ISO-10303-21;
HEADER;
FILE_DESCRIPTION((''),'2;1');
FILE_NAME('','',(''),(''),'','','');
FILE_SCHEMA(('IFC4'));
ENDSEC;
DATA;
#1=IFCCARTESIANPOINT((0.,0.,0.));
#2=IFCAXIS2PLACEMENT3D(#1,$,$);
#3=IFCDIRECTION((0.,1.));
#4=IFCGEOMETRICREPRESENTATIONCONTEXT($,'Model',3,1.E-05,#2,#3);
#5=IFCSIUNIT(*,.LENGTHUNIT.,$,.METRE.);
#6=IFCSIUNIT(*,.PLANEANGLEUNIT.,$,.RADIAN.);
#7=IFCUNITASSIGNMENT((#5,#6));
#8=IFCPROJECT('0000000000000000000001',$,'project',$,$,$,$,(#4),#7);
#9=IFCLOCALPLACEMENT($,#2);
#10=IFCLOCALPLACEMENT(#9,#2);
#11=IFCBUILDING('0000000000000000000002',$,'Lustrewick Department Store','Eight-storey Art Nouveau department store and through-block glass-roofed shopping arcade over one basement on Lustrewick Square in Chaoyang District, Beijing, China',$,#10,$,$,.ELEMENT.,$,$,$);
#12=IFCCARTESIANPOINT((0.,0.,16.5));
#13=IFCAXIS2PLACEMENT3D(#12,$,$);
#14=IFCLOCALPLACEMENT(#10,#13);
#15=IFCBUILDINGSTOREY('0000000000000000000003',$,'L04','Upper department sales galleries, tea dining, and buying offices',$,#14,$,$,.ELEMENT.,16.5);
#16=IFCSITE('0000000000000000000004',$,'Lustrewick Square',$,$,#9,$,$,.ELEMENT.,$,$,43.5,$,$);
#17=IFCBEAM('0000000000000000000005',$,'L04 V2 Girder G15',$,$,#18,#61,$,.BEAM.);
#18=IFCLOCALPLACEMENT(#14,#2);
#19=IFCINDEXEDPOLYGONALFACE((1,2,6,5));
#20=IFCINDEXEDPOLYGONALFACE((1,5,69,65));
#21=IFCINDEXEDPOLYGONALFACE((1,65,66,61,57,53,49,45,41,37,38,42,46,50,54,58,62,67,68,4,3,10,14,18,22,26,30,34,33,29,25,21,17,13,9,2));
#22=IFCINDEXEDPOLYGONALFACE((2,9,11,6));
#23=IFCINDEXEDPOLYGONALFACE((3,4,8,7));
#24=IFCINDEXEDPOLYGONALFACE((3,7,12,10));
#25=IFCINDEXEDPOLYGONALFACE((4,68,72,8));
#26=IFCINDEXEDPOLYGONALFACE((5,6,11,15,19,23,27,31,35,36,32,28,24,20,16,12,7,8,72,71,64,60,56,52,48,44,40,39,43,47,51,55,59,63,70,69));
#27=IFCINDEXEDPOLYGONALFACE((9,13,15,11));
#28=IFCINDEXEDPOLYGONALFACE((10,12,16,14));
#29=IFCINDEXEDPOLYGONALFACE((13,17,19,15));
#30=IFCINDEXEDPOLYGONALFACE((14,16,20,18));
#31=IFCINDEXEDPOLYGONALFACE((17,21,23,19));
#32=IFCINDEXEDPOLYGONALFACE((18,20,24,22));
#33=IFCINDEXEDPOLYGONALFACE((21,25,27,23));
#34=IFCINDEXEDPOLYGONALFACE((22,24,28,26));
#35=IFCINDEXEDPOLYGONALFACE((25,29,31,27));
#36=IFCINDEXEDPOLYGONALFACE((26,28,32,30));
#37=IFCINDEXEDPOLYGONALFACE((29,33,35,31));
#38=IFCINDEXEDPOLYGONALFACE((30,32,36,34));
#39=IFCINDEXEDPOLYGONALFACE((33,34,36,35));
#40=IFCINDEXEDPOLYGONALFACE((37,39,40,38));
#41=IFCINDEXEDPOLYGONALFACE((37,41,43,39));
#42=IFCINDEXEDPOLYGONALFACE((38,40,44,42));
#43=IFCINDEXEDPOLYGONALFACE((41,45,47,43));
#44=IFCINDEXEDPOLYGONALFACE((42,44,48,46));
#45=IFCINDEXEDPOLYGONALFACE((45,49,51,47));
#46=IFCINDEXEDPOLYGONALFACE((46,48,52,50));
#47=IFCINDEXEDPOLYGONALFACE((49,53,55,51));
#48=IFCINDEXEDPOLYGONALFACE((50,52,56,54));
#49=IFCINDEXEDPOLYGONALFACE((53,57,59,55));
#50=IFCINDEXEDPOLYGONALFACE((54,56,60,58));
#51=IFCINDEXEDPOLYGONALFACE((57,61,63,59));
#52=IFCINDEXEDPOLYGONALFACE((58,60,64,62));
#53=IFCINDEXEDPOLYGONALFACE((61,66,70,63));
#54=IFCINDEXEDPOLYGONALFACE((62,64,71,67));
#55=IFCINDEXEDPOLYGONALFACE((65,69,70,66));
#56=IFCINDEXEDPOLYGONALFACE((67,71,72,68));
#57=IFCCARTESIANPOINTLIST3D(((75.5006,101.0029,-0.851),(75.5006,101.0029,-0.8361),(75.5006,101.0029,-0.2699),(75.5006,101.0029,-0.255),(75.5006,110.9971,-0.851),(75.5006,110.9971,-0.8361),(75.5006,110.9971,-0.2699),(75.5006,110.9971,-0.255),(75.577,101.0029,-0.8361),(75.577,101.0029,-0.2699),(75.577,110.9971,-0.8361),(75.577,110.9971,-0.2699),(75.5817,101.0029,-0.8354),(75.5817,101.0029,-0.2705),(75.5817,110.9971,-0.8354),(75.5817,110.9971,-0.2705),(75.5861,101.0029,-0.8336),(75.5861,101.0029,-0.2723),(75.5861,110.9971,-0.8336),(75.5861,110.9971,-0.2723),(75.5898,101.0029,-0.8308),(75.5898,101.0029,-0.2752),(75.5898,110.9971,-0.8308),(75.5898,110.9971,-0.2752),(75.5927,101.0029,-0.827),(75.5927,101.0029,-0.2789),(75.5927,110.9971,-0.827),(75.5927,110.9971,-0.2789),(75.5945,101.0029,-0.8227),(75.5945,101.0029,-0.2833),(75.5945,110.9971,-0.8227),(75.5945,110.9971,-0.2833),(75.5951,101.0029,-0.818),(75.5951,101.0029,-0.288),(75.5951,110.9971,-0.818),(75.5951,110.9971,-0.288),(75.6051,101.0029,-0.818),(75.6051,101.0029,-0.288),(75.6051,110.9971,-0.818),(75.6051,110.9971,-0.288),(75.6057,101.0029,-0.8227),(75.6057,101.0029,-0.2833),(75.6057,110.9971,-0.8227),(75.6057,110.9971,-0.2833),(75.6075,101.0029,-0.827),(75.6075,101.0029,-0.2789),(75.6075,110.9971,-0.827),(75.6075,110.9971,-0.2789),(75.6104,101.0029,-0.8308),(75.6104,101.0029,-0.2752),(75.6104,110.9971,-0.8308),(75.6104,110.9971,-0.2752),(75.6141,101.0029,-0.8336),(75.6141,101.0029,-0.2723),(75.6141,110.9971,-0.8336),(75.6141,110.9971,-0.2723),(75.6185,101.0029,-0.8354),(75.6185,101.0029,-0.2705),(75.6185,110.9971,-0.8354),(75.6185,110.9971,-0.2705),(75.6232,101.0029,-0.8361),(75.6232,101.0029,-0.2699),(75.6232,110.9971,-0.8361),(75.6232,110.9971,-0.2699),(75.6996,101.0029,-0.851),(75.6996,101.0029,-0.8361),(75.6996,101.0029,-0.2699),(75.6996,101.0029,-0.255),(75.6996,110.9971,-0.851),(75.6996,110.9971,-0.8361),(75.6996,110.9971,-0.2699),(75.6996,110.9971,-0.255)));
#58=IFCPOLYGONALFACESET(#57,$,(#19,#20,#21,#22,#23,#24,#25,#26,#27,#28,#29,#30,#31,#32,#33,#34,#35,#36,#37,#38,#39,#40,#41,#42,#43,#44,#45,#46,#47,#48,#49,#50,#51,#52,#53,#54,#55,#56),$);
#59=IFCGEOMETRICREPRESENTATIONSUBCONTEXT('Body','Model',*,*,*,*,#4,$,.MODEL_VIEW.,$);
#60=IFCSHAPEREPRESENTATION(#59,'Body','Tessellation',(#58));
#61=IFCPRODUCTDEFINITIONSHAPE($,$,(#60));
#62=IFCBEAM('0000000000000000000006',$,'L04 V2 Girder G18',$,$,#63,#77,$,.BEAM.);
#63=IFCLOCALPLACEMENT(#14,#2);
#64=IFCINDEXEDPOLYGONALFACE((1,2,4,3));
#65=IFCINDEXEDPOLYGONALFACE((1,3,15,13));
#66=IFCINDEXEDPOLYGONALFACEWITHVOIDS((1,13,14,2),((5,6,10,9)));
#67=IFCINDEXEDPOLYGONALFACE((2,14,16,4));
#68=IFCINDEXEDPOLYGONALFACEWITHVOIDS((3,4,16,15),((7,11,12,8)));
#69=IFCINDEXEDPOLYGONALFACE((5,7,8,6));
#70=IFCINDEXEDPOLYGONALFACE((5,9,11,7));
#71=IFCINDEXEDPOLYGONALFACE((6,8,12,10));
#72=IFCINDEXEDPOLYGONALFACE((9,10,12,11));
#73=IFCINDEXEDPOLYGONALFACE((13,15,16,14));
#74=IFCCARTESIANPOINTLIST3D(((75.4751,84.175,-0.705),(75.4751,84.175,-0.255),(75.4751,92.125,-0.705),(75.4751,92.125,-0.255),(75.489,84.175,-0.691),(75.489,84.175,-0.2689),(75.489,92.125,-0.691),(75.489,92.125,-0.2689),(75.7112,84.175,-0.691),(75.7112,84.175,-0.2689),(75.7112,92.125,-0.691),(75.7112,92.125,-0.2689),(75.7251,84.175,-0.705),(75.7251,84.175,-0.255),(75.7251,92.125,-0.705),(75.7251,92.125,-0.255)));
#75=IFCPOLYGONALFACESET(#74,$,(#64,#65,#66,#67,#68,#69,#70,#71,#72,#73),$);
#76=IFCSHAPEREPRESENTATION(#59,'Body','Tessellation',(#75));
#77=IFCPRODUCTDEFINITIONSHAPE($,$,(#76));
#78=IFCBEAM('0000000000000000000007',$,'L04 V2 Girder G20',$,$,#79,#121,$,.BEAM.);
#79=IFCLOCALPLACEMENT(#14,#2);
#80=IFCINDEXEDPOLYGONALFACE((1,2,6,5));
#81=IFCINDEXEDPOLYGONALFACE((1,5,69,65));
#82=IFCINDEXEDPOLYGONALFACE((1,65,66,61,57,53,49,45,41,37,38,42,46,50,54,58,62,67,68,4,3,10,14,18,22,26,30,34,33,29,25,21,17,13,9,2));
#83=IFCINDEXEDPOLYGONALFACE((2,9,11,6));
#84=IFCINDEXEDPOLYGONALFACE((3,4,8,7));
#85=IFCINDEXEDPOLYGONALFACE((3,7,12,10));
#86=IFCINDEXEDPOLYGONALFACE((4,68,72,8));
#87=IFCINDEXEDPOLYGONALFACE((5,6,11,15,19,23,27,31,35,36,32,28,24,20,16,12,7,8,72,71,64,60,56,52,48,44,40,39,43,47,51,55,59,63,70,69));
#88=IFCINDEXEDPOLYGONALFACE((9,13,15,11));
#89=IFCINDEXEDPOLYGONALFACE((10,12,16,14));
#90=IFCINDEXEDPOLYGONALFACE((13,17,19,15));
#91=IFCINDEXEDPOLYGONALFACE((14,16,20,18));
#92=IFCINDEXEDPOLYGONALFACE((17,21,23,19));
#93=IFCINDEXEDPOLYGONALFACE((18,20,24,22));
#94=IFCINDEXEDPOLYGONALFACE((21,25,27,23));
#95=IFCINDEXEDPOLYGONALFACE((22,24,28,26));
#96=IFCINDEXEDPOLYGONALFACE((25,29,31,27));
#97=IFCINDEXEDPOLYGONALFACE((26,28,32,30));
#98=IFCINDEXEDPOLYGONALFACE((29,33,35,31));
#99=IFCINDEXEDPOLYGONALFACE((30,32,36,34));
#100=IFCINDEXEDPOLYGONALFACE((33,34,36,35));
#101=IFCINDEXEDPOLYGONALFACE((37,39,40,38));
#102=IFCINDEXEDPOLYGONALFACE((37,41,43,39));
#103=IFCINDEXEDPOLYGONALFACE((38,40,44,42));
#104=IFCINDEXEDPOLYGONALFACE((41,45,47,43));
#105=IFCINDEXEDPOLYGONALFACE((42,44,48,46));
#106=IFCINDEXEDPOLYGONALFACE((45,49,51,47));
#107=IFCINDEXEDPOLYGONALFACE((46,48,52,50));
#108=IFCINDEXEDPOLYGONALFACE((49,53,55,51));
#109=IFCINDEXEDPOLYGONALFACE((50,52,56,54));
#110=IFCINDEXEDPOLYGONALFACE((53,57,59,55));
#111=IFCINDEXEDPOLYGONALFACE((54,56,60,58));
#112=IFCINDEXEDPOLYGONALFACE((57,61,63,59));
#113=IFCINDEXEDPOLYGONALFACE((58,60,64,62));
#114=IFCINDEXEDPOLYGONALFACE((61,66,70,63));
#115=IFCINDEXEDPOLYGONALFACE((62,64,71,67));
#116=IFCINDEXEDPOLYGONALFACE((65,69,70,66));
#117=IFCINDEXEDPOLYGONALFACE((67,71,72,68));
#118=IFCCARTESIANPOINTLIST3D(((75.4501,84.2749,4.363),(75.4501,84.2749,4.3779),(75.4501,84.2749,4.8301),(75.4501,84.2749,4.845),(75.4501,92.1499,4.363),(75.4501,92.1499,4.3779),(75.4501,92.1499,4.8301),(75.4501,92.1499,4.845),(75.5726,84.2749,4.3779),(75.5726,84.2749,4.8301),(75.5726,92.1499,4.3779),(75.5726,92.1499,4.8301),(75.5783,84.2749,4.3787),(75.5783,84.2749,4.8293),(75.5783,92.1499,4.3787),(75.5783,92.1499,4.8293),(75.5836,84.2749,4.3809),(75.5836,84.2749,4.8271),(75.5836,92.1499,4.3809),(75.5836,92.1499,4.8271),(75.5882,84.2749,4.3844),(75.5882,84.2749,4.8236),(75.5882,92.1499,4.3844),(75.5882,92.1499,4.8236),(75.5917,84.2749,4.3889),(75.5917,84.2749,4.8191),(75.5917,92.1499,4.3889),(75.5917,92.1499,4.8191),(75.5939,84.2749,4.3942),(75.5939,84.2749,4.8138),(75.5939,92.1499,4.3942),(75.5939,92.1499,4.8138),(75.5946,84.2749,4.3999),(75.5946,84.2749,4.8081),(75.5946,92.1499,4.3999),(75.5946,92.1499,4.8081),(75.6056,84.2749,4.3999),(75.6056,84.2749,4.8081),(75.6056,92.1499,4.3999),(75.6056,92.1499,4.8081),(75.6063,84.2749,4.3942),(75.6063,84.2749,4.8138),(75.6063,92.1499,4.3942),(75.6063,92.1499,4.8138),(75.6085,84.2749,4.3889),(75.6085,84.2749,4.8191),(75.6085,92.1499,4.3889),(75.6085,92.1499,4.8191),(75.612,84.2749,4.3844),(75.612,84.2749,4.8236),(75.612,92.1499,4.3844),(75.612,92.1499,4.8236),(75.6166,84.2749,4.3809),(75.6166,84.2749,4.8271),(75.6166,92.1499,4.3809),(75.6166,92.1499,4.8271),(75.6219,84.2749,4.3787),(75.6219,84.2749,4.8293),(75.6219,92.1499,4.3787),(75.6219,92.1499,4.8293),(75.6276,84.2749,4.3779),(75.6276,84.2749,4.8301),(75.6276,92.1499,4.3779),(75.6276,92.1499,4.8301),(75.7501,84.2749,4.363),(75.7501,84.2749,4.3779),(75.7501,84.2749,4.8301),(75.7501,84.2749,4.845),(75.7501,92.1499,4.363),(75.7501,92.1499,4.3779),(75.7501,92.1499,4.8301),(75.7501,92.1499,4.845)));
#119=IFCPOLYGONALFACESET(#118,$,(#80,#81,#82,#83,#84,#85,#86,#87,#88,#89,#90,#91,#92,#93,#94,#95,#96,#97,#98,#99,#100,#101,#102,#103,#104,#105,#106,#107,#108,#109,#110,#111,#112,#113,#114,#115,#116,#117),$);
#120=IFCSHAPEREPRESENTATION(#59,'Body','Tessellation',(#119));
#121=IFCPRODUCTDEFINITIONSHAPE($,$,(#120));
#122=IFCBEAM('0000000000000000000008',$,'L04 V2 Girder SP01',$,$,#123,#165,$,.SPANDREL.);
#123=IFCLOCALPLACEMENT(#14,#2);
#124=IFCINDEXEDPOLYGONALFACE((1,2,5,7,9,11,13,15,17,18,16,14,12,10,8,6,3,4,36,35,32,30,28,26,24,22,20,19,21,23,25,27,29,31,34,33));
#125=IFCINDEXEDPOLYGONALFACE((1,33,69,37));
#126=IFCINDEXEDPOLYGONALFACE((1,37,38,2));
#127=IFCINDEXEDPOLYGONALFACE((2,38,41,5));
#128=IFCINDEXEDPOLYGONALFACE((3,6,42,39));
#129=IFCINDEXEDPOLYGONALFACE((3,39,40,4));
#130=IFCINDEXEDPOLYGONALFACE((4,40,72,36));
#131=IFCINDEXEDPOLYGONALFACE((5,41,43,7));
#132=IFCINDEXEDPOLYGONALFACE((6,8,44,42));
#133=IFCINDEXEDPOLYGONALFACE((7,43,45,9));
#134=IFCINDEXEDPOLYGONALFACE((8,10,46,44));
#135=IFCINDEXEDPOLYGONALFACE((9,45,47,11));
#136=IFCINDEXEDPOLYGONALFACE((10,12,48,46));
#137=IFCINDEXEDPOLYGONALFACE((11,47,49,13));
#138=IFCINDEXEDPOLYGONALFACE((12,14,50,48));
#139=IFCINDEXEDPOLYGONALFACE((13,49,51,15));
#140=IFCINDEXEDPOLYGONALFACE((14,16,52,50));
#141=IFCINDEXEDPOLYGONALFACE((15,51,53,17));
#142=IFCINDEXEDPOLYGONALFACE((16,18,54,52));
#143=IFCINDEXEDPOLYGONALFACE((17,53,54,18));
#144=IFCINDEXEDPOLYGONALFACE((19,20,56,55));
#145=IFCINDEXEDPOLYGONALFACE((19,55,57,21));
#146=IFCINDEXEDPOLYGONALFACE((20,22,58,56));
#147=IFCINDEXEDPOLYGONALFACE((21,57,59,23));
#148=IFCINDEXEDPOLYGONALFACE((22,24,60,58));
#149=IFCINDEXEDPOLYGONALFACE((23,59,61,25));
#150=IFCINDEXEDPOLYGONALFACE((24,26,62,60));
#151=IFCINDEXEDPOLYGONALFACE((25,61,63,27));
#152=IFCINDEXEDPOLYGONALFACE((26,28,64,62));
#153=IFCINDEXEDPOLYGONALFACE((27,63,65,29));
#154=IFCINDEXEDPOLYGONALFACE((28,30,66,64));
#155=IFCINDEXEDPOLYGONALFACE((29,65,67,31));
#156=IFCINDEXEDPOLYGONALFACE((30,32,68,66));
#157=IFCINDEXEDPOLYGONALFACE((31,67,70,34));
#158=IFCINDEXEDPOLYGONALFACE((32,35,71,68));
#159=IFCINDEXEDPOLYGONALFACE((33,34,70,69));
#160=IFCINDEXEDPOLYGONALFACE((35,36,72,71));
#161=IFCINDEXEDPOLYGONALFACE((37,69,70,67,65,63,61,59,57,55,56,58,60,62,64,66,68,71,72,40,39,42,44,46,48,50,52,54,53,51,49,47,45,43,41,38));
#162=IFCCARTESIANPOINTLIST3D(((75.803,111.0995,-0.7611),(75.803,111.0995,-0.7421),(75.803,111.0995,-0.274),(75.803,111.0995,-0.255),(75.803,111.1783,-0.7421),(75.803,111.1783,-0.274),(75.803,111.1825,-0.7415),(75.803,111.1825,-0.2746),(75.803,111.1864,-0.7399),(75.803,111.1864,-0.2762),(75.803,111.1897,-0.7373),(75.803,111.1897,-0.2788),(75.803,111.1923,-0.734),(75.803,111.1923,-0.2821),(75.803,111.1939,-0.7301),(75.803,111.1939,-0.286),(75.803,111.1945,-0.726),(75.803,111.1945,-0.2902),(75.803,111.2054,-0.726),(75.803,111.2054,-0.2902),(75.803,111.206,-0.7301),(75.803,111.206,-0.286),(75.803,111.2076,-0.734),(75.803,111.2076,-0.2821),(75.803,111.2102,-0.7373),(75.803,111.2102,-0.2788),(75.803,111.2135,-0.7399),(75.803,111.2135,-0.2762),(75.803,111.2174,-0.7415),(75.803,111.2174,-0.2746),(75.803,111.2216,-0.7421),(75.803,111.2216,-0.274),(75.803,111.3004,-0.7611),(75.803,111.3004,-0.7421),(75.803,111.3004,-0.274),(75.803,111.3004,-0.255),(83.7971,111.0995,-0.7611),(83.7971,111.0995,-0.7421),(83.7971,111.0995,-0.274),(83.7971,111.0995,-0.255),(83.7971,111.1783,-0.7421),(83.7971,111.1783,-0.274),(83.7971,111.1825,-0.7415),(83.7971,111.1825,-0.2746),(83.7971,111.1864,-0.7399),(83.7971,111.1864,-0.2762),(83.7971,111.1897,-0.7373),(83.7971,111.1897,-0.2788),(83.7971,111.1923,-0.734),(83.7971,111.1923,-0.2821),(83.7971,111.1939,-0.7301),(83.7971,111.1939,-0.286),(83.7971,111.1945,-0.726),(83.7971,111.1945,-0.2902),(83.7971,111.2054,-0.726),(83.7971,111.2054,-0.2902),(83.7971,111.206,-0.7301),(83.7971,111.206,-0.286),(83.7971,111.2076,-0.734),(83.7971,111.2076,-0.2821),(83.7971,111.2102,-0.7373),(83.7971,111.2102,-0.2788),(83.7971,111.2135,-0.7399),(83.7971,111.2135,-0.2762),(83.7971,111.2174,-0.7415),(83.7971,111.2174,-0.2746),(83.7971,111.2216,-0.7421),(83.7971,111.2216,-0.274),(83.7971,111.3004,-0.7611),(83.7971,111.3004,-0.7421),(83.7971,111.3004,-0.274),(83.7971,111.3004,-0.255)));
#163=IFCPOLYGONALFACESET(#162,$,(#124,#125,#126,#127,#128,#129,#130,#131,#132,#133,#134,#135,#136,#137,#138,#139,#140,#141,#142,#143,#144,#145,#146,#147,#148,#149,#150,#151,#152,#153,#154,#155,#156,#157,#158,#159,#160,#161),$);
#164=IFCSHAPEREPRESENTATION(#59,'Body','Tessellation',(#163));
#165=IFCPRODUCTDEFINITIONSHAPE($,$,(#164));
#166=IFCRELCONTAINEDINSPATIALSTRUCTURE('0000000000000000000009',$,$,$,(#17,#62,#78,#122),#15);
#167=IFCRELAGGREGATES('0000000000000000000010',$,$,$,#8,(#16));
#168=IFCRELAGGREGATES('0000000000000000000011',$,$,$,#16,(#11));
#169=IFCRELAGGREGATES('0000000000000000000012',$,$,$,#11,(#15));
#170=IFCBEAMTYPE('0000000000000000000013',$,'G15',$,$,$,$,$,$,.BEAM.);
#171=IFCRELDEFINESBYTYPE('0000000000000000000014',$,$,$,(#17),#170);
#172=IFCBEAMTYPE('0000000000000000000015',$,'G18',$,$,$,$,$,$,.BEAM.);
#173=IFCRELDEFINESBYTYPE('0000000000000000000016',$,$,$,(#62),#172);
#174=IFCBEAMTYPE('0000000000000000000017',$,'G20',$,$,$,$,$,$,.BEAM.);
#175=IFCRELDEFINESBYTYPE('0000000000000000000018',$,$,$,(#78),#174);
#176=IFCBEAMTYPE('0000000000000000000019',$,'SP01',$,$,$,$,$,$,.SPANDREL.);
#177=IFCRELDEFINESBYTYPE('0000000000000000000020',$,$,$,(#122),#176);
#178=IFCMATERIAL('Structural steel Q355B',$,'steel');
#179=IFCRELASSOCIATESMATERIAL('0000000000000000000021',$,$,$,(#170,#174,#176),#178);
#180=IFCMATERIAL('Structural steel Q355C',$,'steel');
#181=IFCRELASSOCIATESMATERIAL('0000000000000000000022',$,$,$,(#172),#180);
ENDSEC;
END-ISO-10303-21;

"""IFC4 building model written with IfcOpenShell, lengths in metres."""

from ifc_helpers import new_model, si_unit, direction, frame, origin, origin_2d, place, context, subcontext, project, spatial, hollow_rectangle, i_section, extrude, material, material_profile, profile_set, type_object, element, save


model = new_model("IFC4")

# Units and contexts
model_context = context("Model", 3, precision=1e-05, world=origin(), true_north=direction((0.0, 1.0)))
body_context = subcontext(model_context, "Body", "Model", "MODEL_VIEW")
ifc_project = project(units=[si_unit("LENGTHUNIT", "METRE"), si_unit("PLANEANGLEUNIT", "RADIAN")], contexts=[model_context])

# Site, building, storey
site_placement = place(None, origin())
site = spatial("IfcSite", under=ifc_project, at=site_placement, Name="Lustrewick Square", CompositionType="ELEMENT", RefElevation=43.5)
building_placement = place(site_placement, origin())
building = spatial("IfcBuilding", under=site, at=building_placement, Name="Lustrewick Department Store", Description="Eight-storey Art Nouveau department store and through-block glass-roofed shopping arcade over one basement on Lustrewick Square in Chaoyang District, Beijing, China", CompositionType="ELEMENT")
storey_placement = place(building_placement, frame((0.0, 0.0, 16.5)))
storey = spatial("IfcBuildingStorey", under=building, at=storey_placement, Name="L04", Description="Upper department sales galleries, tea dining, and buying offices", CompositionType="ELEMENT", Elevation=16.5)

# Shared definitions
ifc_material_1 = material(Name="Structural steel Q355B", Category="steel")
ifc_material_2 = material(Name="Structural steel Q355C", Category="steel")

# Beams
ifc_material_profile_1 = material_profile(ifc_material_1, i_section(OverallWidth=0.199, OverallDepth=0.5959, WebThickness=0.01, FlangeThickness=0.0149, FilletRadius=0.0181, at=origin_2d()), Name="HN 596x199x10x15")
ifc_profile_set_1 = profile_set([ifc_material_profile_1], Name="Structural steel Q355B")
beam_type_1 = type_object("IfcBeamType", Name="G15", PredefinedType="BEAM", material=ifc_profile_set_1)
beam_1_placement = place(storey_placement, frame((75.6001, 101.0029, -0.553), z_axis=(0.0, 1.0, 0.0), x_axis=(-1.0, 0.0, 0.0)))
element("IfcBeam", 1, at=beam_1_placement, inside=storey, type_object=beam_type_1, Name="L04 V2 Girder G15", PredefinedType="BEAM", context=body_context, shape_type="SweptSolid", body=[
    extrude(i_section(OverallWidth=0.199, OverallDepth=0.5959, WebThickness=0.01, FlangeThickness=0.0149, FilletRadius=0.0181, at=origin_2d()), origin(), (0.0, 0.0, 1.0), 9.9941),
])
ifc_material_profile_2 = material_profile(ifc_material_2, hollow_rectangle(XDim=0.25, YDim=0.45, WallThickness=0.0139, at=origin_2d()), Name="RHS 450x250x14")
ifc_profile_set_2 = profile_set([ifc_material_profile_2], Name="Structural steel Q355C")
beam_type_2 = type_object("IfcBeamType", Name="G18", PredefinedType="BEAM", material=ifc_profile_set_2)
beam_2_placement = place(storey_placement, frame((75.6001, 84.175, -0.48), z_axis=(0.0, 1.0, 0.0), x_axis=(-1.0, 0.0, 0.0)))
element("IfcBeam", 2, at=beam_2_placement, inside=storey, type_object=beam_type_2, Name="L04 V2 Girder G18", PredefinedType="BEAM", context=body_context, shape_type="SweptSolid", body=[
    extrude(hollow_rectangle(XDim=0.25, YDim=0.45, WallThickness=0.0139, at=origin_2d()), origin(), (0.0, 0.0, 1.0), 7.95),
])
ifc_material_profile_3 = material_profile(ifc_material_1, i_section(OverallWidth=0.3, OverallDepth=0.4819, WebThickness=0.011, FlangeThickness=0.0149, FilletRadius=0.022, at=origin_2d()), Name="HM 482x300x11x15")
ifc_profile_set_3 = profile_set([ifc_material_profile_3], Name="Structural steel Q355B")
beam_type_3 = type_object("IfcBeamType", Name="G20", PredefinedType="BEAM", material=ifc_profile_set_3)
beam_3_placement = place(storey_placement, frame((75.6001, 84.2749, 4.604), z_axis=(0.0, 1.0, 0.0), x_axis=(-1.0, 0.0, 0.0)))
element("IfcBeam", 3, at=beam_3_placement, inside=storey, type_object=beam_type_3, Name="L04 V2 Girder G20", PredefinedType="BEAM", context=body_context, shape_type="SweptSolid", body=[
    extrude(i_section(OverallWidth=0.3, OverallDepth=0.4819, WebThickness=0.011, FlangeThickness=0.0149, FilletRadius=0.022, at=origin_2d()), origin(), (0.0, 0.0, 1.0), 7.875),
])
ifc_material_profile_4 = material_profile(ifc_material_1, i_section(OverallWidth=0.2009, OverallDepth=0.5061, WebThickness=0.011, FlangeThickness=0.019, FilletRadius=0.0161, at=origin_2d()), Name="HN 506x201x11x19")
ifc_profile_set_4 = profile_set([ifc_material_profile_4], Name="Structural steel Q355B")
beam_type_4 = type_object("IfcBeamType", Name="SP01", PredefinedType="SPANDREL", material=ifc_profile_set_4)
for number, where, z_axis, x_axis, name in (
    (4, (75.803, 111.2, -0.5081), (1.0, 0.0, 0.0), (0.0, 1.0, 0.0), "L04 V2 Girder SP01"),
):
    element("IfcBeam", number, at=place(storey_placement, frame(where, z_axis=z_axis, x_axis=x_axis)), inside=storey, type_object=beam_type_4, Name=name, PredefinedType="SPANDREL", context=body_context, shape_type="SweptSolid", body=[
        extrude(i_section(OverallWidth=0.2009, OverallDepth=0.5061, WebThickness=0.011, FlangeThickness=0.019, FilletRadius=0.0161, at=origin_2d()), origin(), (0.0, 0.0, 1.0), 7.9941),
    ])

save(model, "model.ifc")
